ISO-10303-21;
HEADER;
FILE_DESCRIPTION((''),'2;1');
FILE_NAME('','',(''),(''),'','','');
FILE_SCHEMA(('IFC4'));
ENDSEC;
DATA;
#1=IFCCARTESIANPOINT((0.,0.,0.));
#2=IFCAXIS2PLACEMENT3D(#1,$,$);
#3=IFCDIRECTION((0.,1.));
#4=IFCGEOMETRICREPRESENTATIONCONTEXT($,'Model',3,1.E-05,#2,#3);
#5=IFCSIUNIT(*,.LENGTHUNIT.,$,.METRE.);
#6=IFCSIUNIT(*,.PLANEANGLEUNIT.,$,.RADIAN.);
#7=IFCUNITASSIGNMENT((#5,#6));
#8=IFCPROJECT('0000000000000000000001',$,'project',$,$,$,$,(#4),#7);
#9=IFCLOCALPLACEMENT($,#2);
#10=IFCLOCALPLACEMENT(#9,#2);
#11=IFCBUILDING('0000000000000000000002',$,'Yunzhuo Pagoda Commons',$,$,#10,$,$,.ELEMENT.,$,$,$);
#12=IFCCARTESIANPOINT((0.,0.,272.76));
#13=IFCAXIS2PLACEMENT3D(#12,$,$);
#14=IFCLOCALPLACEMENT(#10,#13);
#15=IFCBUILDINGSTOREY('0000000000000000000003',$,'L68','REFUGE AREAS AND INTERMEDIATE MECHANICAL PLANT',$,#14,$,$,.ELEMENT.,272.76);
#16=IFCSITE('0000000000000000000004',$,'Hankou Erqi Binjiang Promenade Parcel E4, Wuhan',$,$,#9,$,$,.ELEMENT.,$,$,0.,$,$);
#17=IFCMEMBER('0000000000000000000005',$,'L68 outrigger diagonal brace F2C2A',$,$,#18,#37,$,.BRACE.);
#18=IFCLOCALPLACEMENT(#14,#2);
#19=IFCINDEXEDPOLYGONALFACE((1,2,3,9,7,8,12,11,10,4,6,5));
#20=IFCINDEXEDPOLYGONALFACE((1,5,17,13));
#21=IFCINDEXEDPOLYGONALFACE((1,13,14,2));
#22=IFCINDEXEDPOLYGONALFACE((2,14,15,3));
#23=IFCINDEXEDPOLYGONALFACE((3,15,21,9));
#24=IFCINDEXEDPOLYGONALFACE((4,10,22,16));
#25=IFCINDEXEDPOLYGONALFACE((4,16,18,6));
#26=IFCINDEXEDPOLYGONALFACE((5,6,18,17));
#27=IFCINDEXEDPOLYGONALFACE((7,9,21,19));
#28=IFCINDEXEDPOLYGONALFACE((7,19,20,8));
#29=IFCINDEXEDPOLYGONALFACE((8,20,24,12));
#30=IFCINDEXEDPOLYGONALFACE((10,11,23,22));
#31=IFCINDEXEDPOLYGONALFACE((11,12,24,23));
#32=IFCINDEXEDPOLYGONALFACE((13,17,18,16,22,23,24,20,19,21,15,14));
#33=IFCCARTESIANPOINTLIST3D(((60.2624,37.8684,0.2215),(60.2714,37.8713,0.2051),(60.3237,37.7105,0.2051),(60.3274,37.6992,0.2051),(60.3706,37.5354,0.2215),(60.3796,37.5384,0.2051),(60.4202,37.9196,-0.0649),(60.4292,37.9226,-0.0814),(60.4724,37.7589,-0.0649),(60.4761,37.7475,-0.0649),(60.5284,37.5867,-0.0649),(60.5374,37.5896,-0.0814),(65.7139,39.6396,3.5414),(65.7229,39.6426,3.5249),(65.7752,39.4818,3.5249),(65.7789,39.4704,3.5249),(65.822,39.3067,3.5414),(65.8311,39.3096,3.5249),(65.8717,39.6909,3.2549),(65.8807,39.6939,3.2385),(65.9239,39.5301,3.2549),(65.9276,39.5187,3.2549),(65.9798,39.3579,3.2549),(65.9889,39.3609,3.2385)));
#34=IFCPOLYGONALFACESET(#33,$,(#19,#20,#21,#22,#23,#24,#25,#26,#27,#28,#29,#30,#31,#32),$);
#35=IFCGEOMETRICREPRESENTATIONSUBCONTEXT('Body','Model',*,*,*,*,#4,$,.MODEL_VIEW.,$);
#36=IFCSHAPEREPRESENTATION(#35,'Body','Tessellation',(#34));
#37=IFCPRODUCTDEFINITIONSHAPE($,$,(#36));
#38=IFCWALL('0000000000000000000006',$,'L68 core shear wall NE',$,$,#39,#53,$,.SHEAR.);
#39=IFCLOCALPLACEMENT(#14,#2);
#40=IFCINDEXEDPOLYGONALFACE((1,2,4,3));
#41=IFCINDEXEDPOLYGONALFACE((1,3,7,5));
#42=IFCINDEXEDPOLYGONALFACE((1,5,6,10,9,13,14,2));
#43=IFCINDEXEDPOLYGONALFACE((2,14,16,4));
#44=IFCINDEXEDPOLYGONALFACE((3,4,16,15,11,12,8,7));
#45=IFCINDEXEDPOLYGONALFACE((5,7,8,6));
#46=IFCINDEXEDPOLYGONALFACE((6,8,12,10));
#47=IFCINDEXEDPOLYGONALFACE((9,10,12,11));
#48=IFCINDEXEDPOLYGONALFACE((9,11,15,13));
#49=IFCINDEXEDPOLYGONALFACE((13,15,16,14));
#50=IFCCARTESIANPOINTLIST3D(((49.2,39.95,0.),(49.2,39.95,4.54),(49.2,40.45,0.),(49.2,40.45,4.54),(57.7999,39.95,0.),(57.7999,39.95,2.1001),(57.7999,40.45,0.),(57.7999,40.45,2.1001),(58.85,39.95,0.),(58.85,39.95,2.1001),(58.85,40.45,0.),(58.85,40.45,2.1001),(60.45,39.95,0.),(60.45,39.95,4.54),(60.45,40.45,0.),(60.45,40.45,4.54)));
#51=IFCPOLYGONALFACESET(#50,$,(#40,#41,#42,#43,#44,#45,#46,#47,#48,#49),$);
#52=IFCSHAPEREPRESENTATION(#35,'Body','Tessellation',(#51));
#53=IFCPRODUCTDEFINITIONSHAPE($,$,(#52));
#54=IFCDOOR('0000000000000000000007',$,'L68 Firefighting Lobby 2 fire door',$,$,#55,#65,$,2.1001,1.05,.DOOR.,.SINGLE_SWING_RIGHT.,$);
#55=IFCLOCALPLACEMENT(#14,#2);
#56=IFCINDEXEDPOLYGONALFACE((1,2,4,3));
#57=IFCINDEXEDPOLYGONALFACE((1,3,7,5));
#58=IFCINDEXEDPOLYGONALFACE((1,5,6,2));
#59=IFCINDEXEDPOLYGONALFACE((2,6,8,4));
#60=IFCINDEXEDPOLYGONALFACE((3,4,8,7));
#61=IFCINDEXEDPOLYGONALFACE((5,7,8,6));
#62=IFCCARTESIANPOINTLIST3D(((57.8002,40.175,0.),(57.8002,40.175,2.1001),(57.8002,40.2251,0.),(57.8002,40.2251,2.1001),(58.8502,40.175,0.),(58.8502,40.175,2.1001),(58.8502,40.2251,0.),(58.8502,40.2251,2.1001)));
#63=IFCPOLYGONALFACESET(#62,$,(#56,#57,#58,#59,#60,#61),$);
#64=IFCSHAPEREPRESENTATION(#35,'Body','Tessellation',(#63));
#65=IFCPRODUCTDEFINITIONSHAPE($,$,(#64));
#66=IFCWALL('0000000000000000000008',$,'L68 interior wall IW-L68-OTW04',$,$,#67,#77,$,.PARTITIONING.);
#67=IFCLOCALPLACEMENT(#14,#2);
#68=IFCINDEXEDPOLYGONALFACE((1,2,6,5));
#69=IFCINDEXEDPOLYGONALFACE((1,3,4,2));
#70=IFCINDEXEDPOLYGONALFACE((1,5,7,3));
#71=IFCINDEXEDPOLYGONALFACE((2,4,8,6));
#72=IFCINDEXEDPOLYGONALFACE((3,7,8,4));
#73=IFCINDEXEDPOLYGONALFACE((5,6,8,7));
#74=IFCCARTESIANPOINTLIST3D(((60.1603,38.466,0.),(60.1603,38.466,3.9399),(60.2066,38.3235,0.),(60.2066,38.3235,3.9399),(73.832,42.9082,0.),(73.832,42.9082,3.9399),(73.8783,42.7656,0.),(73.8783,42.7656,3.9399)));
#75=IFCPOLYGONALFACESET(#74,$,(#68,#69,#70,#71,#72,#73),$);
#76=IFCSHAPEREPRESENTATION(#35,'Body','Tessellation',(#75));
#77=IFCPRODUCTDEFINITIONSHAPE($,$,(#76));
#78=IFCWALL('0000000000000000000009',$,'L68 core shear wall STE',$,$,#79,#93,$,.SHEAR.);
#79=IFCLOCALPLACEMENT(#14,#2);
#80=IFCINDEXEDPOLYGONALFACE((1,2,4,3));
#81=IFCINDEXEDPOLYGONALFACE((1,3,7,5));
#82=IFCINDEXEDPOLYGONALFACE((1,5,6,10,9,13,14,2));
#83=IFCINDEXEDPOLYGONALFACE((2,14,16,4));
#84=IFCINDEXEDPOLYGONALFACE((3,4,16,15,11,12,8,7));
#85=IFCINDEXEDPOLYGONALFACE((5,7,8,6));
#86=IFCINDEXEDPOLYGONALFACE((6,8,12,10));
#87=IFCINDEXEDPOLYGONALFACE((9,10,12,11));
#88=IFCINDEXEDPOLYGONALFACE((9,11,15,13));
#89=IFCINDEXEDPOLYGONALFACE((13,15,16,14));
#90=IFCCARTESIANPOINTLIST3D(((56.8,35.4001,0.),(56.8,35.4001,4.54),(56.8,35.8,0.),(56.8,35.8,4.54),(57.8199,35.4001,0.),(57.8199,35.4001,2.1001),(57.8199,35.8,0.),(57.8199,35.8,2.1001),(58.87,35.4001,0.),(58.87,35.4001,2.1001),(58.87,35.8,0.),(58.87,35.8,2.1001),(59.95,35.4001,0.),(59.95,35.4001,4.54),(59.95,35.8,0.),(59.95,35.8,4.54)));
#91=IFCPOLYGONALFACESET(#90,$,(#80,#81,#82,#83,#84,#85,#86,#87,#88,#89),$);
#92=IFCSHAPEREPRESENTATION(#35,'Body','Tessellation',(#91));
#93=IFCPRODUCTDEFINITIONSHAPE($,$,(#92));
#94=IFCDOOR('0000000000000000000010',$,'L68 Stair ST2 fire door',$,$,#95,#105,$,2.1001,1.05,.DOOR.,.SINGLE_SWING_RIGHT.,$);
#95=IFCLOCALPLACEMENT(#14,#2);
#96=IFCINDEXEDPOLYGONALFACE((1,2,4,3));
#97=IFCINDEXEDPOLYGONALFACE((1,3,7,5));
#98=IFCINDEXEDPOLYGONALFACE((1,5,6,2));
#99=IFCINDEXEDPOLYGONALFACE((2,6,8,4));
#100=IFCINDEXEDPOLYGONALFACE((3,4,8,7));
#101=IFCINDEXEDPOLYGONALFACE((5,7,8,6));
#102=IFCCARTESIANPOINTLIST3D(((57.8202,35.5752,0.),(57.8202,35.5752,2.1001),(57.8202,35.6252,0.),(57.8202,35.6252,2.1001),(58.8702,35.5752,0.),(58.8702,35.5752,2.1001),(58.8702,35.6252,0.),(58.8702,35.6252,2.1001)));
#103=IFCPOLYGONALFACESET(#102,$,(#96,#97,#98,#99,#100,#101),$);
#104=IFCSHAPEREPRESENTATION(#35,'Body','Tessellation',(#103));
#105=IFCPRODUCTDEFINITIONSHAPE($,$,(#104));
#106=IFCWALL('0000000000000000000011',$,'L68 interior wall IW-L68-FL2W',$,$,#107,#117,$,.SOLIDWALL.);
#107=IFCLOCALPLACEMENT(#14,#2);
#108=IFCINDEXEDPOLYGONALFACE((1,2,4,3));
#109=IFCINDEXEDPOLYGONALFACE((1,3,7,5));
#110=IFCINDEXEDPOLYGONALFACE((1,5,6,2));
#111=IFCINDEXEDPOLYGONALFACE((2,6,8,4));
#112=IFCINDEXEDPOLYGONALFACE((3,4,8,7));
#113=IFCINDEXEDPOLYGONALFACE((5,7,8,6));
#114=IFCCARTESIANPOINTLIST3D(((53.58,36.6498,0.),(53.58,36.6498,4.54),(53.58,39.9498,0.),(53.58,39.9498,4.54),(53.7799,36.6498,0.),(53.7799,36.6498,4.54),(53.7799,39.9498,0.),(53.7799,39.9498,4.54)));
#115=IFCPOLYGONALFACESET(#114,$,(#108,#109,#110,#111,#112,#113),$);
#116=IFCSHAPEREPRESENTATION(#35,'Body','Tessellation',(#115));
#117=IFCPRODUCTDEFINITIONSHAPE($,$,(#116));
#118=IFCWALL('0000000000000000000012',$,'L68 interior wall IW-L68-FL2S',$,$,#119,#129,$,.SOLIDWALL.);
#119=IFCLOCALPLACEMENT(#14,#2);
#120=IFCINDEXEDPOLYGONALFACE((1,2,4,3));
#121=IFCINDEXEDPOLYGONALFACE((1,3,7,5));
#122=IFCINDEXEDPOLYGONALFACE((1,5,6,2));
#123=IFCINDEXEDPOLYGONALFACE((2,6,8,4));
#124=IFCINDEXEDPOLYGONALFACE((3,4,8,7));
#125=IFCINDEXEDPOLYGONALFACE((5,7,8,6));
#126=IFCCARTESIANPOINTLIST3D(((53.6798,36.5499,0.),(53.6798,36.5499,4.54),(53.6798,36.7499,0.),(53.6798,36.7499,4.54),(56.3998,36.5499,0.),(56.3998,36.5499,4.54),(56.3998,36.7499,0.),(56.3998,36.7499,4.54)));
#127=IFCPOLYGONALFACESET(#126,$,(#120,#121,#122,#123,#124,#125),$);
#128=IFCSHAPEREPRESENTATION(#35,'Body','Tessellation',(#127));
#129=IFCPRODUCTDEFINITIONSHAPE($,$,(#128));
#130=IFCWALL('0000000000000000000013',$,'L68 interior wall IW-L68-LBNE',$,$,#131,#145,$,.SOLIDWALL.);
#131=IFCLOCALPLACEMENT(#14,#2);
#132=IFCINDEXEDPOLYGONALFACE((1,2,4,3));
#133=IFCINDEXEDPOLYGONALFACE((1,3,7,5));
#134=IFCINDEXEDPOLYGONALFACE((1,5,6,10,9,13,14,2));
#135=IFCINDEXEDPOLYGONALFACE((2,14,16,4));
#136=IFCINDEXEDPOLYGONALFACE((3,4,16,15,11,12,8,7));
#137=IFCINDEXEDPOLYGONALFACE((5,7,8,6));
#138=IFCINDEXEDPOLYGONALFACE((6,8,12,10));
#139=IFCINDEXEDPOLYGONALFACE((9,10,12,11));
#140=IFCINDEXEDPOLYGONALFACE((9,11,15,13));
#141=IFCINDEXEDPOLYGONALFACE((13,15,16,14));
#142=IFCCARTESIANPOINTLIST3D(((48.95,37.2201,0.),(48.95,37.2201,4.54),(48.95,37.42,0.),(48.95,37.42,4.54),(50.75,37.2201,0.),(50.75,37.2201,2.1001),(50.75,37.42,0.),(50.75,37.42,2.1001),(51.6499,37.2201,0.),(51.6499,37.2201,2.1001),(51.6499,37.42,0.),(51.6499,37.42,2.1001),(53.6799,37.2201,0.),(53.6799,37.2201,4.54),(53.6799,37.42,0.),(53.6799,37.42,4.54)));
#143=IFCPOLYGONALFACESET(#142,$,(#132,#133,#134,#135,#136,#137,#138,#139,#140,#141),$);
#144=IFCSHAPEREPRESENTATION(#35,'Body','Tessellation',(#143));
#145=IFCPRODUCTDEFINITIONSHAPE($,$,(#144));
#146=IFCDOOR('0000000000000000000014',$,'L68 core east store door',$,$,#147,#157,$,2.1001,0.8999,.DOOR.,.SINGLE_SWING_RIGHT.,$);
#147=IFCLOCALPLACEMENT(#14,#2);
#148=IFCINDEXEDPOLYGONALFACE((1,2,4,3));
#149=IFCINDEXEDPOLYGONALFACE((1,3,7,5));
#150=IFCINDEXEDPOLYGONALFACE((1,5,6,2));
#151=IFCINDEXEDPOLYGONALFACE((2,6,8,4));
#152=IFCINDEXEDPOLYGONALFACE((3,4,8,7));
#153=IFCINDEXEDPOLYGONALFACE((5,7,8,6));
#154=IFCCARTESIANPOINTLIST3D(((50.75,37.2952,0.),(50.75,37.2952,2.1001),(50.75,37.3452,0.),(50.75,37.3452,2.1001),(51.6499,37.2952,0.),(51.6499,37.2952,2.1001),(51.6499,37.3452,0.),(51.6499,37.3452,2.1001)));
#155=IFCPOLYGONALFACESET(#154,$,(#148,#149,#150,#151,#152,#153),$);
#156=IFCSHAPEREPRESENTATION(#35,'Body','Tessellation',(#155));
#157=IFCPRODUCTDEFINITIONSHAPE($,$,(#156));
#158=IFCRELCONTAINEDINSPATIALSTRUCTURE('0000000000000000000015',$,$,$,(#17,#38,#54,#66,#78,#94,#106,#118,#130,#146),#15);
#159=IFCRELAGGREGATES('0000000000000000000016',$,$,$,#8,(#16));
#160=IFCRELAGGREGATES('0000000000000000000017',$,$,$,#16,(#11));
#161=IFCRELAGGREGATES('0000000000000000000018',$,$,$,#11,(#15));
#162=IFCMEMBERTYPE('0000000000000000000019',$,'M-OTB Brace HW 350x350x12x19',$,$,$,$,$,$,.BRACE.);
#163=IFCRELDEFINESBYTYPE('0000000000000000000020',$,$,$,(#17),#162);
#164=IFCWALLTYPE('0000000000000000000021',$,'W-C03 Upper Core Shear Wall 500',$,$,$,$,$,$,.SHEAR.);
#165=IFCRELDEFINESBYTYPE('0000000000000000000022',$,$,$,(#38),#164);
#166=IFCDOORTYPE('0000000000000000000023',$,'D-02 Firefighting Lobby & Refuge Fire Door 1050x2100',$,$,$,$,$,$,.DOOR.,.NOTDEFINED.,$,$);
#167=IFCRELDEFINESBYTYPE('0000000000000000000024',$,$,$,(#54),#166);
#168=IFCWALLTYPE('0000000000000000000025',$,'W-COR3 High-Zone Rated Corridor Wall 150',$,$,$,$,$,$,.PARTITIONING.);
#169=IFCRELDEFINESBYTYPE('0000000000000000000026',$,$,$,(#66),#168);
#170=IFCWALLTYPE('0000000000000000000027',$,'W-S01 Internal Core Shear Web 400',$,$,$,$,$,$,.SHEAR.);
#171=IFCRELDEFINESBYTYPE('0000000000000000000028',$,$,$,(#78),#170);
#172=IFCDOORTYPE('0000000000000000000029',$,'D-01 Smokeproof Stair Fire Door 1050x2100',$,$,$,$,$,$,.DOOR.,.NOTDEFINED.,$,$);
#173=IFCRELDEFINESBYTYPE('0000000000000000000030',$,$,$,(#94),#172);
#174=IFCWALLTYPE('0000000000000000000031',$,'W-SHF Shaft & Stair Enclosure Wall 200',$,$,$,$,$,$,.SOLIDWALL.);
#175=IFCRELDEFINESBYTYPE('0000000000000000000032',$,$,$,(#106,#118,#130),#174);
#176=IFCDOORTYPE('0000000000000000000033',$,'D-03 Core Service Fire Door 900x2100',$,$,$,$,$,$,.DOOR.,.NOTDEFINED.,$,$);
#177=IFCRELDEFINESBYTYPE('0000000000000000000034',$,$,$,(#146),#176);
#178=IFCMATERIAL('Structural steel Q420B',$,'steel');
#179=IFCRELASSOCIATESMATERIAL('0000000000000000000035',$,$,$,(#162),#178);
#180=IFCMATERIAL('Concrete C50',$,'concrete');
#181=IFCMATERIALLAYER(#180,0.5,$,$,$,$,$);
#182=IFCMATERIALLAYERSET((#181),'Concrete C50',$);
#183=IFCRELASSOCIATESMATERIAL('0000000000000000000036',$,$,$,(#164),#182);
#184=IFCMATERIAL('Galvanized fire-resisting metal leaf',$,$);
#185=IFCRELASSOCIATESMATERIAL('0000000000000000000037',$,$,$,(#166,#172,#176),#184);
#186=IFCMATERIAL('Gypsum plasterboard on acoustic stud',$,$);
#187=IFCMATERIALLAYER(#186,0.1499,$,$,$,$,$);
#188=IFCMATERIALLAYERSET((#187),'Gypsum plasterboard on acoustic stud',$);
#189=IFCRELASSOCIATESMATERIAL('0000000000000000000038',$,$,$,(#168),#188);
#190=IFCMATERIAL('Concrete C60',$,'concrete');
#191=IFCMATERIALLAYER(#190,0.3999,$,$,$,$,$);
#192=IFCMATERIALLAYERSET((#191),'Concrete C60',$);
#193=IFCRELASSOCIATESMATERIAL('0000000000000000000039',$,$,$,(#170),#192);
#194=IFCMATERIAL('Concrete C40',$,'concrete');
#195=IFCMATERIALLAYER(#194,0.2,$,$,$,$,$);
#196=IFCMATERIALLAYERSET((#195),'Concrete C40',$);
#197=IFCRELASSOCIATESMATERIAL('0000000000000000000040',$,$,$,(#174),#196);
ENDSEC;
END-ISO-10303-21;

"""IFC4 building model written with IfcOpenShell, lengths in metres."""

from ifc_helpers import new_model, si_unit, direction, frame, frame_2d, origin, origin_2d, place, context, subcontext, project, spatial, rectangle, i_section, extrude, source, transform, mapped, material, layer, layer_set, material_profile, profile_set, type_object, element, fill, save


model = new_model("IFC4")

# Units and contexts
model_context = context("Model", 3, precision=1e-05, world=origin(), true_north=direction((0.0, 1.0)))
body_context = subcontext(model_context, "Body", "Model", "MODEL_VIEW")
ifc_project = project(units=[si_unit("LENGTHUNIT", "METRE"), si_unit("PLANEANGLEUNIT", "RADIAN")], contexts=[model_context])

# Site, building, storey
site_placement = place(None, origin())
site = spatial("IfcSite", under=ifc_project, at=site_placement, Name="Hankou Erqi Binjiang Promenade Parcel E4, Wuhan", CompositionType="ELEMENT", RefElevation=0.0)
building_placement = place(site_placement, origin())
building = spatial("IfcBuilding", under=site, at=building_placement, Name="Yunzhuo Pagoda Commons", CompositionType="ELEMENT")
storey_placement = place(building_placement, frame((0.0, 0.0, 272.76)))
storey = spatial("IfcBuildingStorey", under=building, at=storey_placement, Name="L68", Description="REFUGE AREAS AND INTERMEDIATE MECHANICAL PLANT", CompositionType="ELEMENT", Elevation=272.76)

# Shared definitions
ifc_material_1 = material(Name="Structural steel Q420B", Category="steel")

# Member
ifc_material_profile_1 = material_profile(ifc_material_1, i_section(OverallWidth=0.3501, OverallDepth=0.3501, WebThickness=0.012, FlangeThickness=0.019, at=origin_2d()), Name="Structural steel Q420B")
ifc_profile_set_1 = profile_set([ifc_material_profile_1], Name="Structural steel Q420B")
member_type_1 = type_object("IfcMemberType", Name="M-OTB Brace HW 350x350x12x19", PredefinedType="BRACE", material=ifc_profile_set_1)
shared_shape_1 = source(origin(), body_context, "Body", "SweptSolid", [
    extrude(i_section(OverallWidth=0.3501, OverallDepth=0.3501, WebThickness=0.012, FlangeThickness=0.019, at=origin_2d()), origin(), (0.0, 0.0, 1.0), 6.624),
])
member_placement = place(storey_placement, frame((60.3999, 37.729, 0.0701), z_axis=(0.822988, 0.2674, 0.501186), x_axis=(-0.309012, 0.951058, 0.0)))
element("IfcMember", 1, at=member_placement, inside=storey, type_object=member_type_1, Name="L68 outrigger diagonal brace F2C2A", PredefinedType="BRACE", context=body_context, shape_type="MappedRepresentation", body=[
    mapped(shared_shape_1, transform((0.0, 0.0, 0.0), scale=1.0)),
])

# Wall, opening, door
ifc_material_2 = material(Name="Concrete C50", Category="concrete")
ifc_layer_1 = layer(ifc_material_2, 0.5)
ifc_layer_set_1 = layer_set([ifc_layer_1], Name="Concrete C50")
wall_type_1 = type_object("IfcWallType", Name="W-C03 Upper Core Shear Wall 500", PredefinedType="SHEAR", material=ifc_layer_set_1)
wall_1_placement = place(storey_placement, frame((49.2, 40.2, 0.0), z_axis=(0.0, 0.0, 1.0), x_axis=(1.0, 0.0, 0.0)))
wall_1 = element("IfcWall", 2, at=wall_1_placement, inside=storey, type_object=wall_type_1, Name="L68 core shear wall NE", PredefinedType="SHEAR", context=body_context, shape_type="SweptSolid", body=[
    extrude(rectangle(XDim=11.25, YDim=0.5, at=frame_2d((5.625, 0.0))), origin(), (0.0, 0.0, 1.0), 4.54),
])
opening_1_placement = place(wall_1_placement, frame((8.6001, 0.0, 0.0)))
opening_1 = element("IfcOpeningElement", 3, at=opening_1_placement, cuts=wall_1, PredefinedType="OPENING", context=body_context, shape_type="SweptSolid", body=[
    extrude(rectangle(XDim=1.05, YDim=2.1001, at=frame_2d((0.5249, 1.05))), frame((0.0, 0.26, 0.0), z_axis=(0.0, -1.0, 0.0), x_axis=(1.0, 0.0, 0.0)), (0.0, 0.0, 1.0), 0.52),
])
ifc_material_3 = material(Name="Galvanized fire-resisting metal leaf")
door_type_1 = type_object("IfcDoorType", Name="D-02 Firefighting Lobby & Refuge Fire Door 1050x2100", OperationType="NOTDEFINED", PredefinedType="DOOR", material=ifc_material_3)
shared_shape_2 = source(origin(), body_context, "Body", "SweptSolid", [
    extrude(rectangle(XDim=1.05, YDim=2.1001, at=frame_2d((0.5249, 1.05))), frame((0.0, 0.0249, 0.0), z_axis=(0.0, -1.0, 0.0), x_axis=(1.0, 0.0, 0.0)), (0.0, 0.0, 1.0), 0.05),
])
door_1_placement = place(opening_1_placement, frame((1.05, 0.0, 0.0), z_axis=(0.0, 0.0, 1.0), x_axis=(-1.0, 0.0, 0.0)))
door_1 = element("IfcDoor", 4, at=door_1_placement, inside=storey, type_object=door_type_1, Name="L68 Firefighting Lobby 2 fire door", OperationType="SINGLE_SWING_RIGHT", OverallHeight=2.1001, OverallWidth=1.05, PredefinedType="DOOR", context=body_context, shape_type="MappedRepresentation", body=[
    mapped(shared_shape_2, transform((0.0, 0.0, 0.0), scale=1.0)),
])
fill(opening_1, door_1)

# Wall
ifc_material_4 = material(Name="Gypsum plasterboard on acoustic stud")
ifc_layer_2 = layer(ifc_material_4, 0.1499)
ifc_layer_set_2 = layer_set([ifc_layer_2], Name="Gypsum plasterboard on acoustic stud")
wall_type_2 = type_object("IfcWallType", Name="W-COR3 High-Zone Rated Corridor Wall 150", PredefinedType="PARTITIONING", material=ifc_layer_set_2)
wall_2_placement = place(storey_placement, frame((60.1836, 38.3948, 0.0), z_axis=(0.0, 0.0, 1.0), x_axis=(0.951057, 0.309014, 0.0)))
element("IfcWall", 5, at=wall_2_placement, inside=storey, type_object=wall_type_2, Name="L68 interior wall IW-L68-OTW04", PredefinedType="PARTITIONING", context=body_context, shape_type="SweptSolid", body=[
    extrude(rectangle(XDim=14.3752, YDim=0.1499, at=frame_2d((7.1875, 0.0))), origin(), (0.0, 0.0, 1.0), 3.9399),
])

# Wall, opening, door
ifc_material_5 = material(Name="Concrete C60", Category="concrete")
ifc_layer_3 = layer(ifc_material_5, 0.3999)
ifc_layer_set_3 = layer_set([ifc_layer_3], Name="Concrete C60")
wall_type_3 = type_object("IfcWallType", Name="W-S01 Internal Core Shear Web 400", PredefinedType="SHEAR", material=ifc_layer_set_3)
wall_3_placement = place(storey_placement, frame((56.8, 35.6001, 0.0), z_axis=(0.0, 0.0, 1.0), x_axis=(1.0, 0.0, 0.0)))
wall_3 = element("IfcWall", 6, at=wall_3_placement, inside=storey, type_object=wall_type_3, Name="L68 core shear wall STE", PredefinedType="SHEAR", context=body_context, shape_type="SweptSolid", body=[
    extrude(rectangle(XDim=3.1499, YDim=0.3999, at=frame_2d((1.575, 0.0))), origin(), (0.0, 0.0, 1.0), 4.54),
])
opening_2_placement = place(wall_3_placement, frame((1.02, 0.0, 0.0)))
opening_2 = element("IfcOpeningElement", 7, at=opening_2_placement, cuts=wall_3, PredefinedType="OPENING", context=body_context, shape_type="SweptSolid", body=[
    extrude(rectangle(XDim=1.05, YDim=2.1001, at=frame_2d((0.5249, 1.05))), frame((0.0, 0.21, 0.0), z_axis=(0.0, -1.0, 0.0), x_axis=(1.0, 0.0, 0.0)), (0.0, 0.0, 1.0), 0.4199),
])
door_type_2 = type_object("IfcDoorType", Name="D-01 Smokeproof Stair Fire Door 1050x2100", OperationType="NOTDEFINED", PredefinedType="DOOR", material=ifc_material_3)
door_2_placement = place(opening_2_placement, frame((1.05, 0.0, 0.0), z_axis=(0.0, 0.0, 1.0), x_axis=(-1.0, 0.0, 0.0)))
door_2 = element("IfcDoor", 8, at=door_2_placement, inside=storey, type_object=door_type_2, Name="L68 Stair ST2 fire door", OperationType="SINGLE_SWING_RIGHT", OverallHeight=2.1001, OverallWidth=1.05, PredefinedType="DOOR", context=body_context, shape_type="MappedRepresentation", body=[
    mapped(shared_shape_2, transform((0.0, 0.0, 0.0), scale=1.0)),
])
fill(opening_2, door_2)

# Walls
ifc_material_6 = material(Name="Concrete C40", Category="concrete")
ifc_layer_4 = layer(ifc_material_6, 0.2)
ifc_layer_set_4 = layer_set([ifc_layer_4], Name="Concrete C40")
wall_type_4 = type_object("IfcWallType", Name="W-SHF Shaft & Stair Enclosure Wall 200", PredefinedType="SOLIDWALL", material=ifc_layer_set_4)
wall_4_placement = place(storey_placement, frame((53.6799, 36.6499, 0.0), z_axis=(0.0, 0.0, 1.0), x_axis=(0.0, 1.0, 0.0)))
element("IfcWall", 9, at=wall_4_placement, inside=storey, type_object=wall_type_4, Name="L68 interior wall IW-L68-FL2W", PredefinedType="SOLIDWALL", context=body_context, shape_type="SweptSolid", body=[
    extrude(rectangle(XDim=3.3, YDim=0.2, at=frame_2d((1.6499, 0.0))), origin(), (0.0, 0.0, 1.0), 4.54),
])
wall_5_placement = place(storey_placement, frame((53.6799, 36.6499, 0.0), z_axis=(0.0, 0.0, 1.0), x_axis=(1.0, 0.0, 0.0)))
element("IfcWall", 10, at=wall_5_placement, inside=storey, type_object=wall_type_4, Name="L68 interior wall IW-L68-FL2S", PredefinedType="SOLIDWALL", context=body_context, shape_type="SweptSolid", body=[
    extrude(rectangle(XDim=2.72, YDim=0.2, at=frame_2d((1.3599, 0.0))), origin(), (0.0, 0.0, 1.0), 4.54),
])

# Wall, opening, door
wall_6_placement = place(storey_placement, frame((48.95, 37.3201, 0.0), z_axis=(0.0, 0.0, 1.0), x_axis=(1.0, 0.0, 0.0)))
wall_6 = element("IfcWall", 11, at=wall_6_placement, inside=storey, type_object=wall_type_4, Name="L68 interior wall IW-L68-LBNE", PredefinedType="SOLIDWALL", context=body_context, shape_type="SweptSolid", body=[
    extrude(rectangle(XDim=4.73, YDim=0.2, at=frame_2d((2.365, 0.0))), origin(), (0.0, 0.0, 1.0), 4.54),
])
opening_3_placement = place(wall_6_placement, frame((1.8, 0.0, 0.0)))
opening_3 = element("IfcOpeningElement", 12, at=opening_3_placement, cuts=wall_6, PredefinedType="OPENING", context=body_context, shape_type="SweptSolid", body=[
    extrude(rectangle(XDim=0.8999, YDim=2.1001, at=frame_2d((0.45, 1.05))), frame((0.0, 0.1099, 0.0), z_axis=(0.0, -1.0, 0.0), x_axis=(1.0, 0.0, 0.0)), (0.0, 0.0, 1.0), 0.22),
])
door_type_3 = type_object("IfcDoorType", Name="D-03 Core Service Fire Door 900x2100", OperationType="NOTDEFINED", PredefinedType="DOOR", material=ifc_material_3)
shared_shape_3 = source(origin(), body_context, "Body", "SweptSolid", [
    extrude(rectangle(XDim=0.8999, YDim=2.1001, at=frame_2d((0.45, 1.05))), frame((0.0, 0.0249, 0.0), z_axis=(0.0, -1.0, 0.0), x_axis=(1.0, 0.0, 0.0)), (0.0, 0.0, 1.0), 0.05),
])
door_3_placement = place(opening_3_placement, frame((0.8999, 0.0, 0.0), z_axis=(0.0, 0.0, 1.0), x_axis=(-1.0, 0.0, 0.0)))
door_3 = element("IfcDoor", 13, at=door_3_placement, inside=storey, type_object=door_type_3, Name="L68 core east store door", OperationType="SINGLE_SWING_RIGHT", OverallHeight=2.1001, OverallWidth=0.8999, PredefinedType="DOOR", context=body_context, shape_type="MappedRepresentation", body=[
    mapped(shared_shape_3, transform((0.0, 0.0, 0.0), scale=1.0)),
])
fill(opening_3, door_3)

save(model, "model.ifc")
